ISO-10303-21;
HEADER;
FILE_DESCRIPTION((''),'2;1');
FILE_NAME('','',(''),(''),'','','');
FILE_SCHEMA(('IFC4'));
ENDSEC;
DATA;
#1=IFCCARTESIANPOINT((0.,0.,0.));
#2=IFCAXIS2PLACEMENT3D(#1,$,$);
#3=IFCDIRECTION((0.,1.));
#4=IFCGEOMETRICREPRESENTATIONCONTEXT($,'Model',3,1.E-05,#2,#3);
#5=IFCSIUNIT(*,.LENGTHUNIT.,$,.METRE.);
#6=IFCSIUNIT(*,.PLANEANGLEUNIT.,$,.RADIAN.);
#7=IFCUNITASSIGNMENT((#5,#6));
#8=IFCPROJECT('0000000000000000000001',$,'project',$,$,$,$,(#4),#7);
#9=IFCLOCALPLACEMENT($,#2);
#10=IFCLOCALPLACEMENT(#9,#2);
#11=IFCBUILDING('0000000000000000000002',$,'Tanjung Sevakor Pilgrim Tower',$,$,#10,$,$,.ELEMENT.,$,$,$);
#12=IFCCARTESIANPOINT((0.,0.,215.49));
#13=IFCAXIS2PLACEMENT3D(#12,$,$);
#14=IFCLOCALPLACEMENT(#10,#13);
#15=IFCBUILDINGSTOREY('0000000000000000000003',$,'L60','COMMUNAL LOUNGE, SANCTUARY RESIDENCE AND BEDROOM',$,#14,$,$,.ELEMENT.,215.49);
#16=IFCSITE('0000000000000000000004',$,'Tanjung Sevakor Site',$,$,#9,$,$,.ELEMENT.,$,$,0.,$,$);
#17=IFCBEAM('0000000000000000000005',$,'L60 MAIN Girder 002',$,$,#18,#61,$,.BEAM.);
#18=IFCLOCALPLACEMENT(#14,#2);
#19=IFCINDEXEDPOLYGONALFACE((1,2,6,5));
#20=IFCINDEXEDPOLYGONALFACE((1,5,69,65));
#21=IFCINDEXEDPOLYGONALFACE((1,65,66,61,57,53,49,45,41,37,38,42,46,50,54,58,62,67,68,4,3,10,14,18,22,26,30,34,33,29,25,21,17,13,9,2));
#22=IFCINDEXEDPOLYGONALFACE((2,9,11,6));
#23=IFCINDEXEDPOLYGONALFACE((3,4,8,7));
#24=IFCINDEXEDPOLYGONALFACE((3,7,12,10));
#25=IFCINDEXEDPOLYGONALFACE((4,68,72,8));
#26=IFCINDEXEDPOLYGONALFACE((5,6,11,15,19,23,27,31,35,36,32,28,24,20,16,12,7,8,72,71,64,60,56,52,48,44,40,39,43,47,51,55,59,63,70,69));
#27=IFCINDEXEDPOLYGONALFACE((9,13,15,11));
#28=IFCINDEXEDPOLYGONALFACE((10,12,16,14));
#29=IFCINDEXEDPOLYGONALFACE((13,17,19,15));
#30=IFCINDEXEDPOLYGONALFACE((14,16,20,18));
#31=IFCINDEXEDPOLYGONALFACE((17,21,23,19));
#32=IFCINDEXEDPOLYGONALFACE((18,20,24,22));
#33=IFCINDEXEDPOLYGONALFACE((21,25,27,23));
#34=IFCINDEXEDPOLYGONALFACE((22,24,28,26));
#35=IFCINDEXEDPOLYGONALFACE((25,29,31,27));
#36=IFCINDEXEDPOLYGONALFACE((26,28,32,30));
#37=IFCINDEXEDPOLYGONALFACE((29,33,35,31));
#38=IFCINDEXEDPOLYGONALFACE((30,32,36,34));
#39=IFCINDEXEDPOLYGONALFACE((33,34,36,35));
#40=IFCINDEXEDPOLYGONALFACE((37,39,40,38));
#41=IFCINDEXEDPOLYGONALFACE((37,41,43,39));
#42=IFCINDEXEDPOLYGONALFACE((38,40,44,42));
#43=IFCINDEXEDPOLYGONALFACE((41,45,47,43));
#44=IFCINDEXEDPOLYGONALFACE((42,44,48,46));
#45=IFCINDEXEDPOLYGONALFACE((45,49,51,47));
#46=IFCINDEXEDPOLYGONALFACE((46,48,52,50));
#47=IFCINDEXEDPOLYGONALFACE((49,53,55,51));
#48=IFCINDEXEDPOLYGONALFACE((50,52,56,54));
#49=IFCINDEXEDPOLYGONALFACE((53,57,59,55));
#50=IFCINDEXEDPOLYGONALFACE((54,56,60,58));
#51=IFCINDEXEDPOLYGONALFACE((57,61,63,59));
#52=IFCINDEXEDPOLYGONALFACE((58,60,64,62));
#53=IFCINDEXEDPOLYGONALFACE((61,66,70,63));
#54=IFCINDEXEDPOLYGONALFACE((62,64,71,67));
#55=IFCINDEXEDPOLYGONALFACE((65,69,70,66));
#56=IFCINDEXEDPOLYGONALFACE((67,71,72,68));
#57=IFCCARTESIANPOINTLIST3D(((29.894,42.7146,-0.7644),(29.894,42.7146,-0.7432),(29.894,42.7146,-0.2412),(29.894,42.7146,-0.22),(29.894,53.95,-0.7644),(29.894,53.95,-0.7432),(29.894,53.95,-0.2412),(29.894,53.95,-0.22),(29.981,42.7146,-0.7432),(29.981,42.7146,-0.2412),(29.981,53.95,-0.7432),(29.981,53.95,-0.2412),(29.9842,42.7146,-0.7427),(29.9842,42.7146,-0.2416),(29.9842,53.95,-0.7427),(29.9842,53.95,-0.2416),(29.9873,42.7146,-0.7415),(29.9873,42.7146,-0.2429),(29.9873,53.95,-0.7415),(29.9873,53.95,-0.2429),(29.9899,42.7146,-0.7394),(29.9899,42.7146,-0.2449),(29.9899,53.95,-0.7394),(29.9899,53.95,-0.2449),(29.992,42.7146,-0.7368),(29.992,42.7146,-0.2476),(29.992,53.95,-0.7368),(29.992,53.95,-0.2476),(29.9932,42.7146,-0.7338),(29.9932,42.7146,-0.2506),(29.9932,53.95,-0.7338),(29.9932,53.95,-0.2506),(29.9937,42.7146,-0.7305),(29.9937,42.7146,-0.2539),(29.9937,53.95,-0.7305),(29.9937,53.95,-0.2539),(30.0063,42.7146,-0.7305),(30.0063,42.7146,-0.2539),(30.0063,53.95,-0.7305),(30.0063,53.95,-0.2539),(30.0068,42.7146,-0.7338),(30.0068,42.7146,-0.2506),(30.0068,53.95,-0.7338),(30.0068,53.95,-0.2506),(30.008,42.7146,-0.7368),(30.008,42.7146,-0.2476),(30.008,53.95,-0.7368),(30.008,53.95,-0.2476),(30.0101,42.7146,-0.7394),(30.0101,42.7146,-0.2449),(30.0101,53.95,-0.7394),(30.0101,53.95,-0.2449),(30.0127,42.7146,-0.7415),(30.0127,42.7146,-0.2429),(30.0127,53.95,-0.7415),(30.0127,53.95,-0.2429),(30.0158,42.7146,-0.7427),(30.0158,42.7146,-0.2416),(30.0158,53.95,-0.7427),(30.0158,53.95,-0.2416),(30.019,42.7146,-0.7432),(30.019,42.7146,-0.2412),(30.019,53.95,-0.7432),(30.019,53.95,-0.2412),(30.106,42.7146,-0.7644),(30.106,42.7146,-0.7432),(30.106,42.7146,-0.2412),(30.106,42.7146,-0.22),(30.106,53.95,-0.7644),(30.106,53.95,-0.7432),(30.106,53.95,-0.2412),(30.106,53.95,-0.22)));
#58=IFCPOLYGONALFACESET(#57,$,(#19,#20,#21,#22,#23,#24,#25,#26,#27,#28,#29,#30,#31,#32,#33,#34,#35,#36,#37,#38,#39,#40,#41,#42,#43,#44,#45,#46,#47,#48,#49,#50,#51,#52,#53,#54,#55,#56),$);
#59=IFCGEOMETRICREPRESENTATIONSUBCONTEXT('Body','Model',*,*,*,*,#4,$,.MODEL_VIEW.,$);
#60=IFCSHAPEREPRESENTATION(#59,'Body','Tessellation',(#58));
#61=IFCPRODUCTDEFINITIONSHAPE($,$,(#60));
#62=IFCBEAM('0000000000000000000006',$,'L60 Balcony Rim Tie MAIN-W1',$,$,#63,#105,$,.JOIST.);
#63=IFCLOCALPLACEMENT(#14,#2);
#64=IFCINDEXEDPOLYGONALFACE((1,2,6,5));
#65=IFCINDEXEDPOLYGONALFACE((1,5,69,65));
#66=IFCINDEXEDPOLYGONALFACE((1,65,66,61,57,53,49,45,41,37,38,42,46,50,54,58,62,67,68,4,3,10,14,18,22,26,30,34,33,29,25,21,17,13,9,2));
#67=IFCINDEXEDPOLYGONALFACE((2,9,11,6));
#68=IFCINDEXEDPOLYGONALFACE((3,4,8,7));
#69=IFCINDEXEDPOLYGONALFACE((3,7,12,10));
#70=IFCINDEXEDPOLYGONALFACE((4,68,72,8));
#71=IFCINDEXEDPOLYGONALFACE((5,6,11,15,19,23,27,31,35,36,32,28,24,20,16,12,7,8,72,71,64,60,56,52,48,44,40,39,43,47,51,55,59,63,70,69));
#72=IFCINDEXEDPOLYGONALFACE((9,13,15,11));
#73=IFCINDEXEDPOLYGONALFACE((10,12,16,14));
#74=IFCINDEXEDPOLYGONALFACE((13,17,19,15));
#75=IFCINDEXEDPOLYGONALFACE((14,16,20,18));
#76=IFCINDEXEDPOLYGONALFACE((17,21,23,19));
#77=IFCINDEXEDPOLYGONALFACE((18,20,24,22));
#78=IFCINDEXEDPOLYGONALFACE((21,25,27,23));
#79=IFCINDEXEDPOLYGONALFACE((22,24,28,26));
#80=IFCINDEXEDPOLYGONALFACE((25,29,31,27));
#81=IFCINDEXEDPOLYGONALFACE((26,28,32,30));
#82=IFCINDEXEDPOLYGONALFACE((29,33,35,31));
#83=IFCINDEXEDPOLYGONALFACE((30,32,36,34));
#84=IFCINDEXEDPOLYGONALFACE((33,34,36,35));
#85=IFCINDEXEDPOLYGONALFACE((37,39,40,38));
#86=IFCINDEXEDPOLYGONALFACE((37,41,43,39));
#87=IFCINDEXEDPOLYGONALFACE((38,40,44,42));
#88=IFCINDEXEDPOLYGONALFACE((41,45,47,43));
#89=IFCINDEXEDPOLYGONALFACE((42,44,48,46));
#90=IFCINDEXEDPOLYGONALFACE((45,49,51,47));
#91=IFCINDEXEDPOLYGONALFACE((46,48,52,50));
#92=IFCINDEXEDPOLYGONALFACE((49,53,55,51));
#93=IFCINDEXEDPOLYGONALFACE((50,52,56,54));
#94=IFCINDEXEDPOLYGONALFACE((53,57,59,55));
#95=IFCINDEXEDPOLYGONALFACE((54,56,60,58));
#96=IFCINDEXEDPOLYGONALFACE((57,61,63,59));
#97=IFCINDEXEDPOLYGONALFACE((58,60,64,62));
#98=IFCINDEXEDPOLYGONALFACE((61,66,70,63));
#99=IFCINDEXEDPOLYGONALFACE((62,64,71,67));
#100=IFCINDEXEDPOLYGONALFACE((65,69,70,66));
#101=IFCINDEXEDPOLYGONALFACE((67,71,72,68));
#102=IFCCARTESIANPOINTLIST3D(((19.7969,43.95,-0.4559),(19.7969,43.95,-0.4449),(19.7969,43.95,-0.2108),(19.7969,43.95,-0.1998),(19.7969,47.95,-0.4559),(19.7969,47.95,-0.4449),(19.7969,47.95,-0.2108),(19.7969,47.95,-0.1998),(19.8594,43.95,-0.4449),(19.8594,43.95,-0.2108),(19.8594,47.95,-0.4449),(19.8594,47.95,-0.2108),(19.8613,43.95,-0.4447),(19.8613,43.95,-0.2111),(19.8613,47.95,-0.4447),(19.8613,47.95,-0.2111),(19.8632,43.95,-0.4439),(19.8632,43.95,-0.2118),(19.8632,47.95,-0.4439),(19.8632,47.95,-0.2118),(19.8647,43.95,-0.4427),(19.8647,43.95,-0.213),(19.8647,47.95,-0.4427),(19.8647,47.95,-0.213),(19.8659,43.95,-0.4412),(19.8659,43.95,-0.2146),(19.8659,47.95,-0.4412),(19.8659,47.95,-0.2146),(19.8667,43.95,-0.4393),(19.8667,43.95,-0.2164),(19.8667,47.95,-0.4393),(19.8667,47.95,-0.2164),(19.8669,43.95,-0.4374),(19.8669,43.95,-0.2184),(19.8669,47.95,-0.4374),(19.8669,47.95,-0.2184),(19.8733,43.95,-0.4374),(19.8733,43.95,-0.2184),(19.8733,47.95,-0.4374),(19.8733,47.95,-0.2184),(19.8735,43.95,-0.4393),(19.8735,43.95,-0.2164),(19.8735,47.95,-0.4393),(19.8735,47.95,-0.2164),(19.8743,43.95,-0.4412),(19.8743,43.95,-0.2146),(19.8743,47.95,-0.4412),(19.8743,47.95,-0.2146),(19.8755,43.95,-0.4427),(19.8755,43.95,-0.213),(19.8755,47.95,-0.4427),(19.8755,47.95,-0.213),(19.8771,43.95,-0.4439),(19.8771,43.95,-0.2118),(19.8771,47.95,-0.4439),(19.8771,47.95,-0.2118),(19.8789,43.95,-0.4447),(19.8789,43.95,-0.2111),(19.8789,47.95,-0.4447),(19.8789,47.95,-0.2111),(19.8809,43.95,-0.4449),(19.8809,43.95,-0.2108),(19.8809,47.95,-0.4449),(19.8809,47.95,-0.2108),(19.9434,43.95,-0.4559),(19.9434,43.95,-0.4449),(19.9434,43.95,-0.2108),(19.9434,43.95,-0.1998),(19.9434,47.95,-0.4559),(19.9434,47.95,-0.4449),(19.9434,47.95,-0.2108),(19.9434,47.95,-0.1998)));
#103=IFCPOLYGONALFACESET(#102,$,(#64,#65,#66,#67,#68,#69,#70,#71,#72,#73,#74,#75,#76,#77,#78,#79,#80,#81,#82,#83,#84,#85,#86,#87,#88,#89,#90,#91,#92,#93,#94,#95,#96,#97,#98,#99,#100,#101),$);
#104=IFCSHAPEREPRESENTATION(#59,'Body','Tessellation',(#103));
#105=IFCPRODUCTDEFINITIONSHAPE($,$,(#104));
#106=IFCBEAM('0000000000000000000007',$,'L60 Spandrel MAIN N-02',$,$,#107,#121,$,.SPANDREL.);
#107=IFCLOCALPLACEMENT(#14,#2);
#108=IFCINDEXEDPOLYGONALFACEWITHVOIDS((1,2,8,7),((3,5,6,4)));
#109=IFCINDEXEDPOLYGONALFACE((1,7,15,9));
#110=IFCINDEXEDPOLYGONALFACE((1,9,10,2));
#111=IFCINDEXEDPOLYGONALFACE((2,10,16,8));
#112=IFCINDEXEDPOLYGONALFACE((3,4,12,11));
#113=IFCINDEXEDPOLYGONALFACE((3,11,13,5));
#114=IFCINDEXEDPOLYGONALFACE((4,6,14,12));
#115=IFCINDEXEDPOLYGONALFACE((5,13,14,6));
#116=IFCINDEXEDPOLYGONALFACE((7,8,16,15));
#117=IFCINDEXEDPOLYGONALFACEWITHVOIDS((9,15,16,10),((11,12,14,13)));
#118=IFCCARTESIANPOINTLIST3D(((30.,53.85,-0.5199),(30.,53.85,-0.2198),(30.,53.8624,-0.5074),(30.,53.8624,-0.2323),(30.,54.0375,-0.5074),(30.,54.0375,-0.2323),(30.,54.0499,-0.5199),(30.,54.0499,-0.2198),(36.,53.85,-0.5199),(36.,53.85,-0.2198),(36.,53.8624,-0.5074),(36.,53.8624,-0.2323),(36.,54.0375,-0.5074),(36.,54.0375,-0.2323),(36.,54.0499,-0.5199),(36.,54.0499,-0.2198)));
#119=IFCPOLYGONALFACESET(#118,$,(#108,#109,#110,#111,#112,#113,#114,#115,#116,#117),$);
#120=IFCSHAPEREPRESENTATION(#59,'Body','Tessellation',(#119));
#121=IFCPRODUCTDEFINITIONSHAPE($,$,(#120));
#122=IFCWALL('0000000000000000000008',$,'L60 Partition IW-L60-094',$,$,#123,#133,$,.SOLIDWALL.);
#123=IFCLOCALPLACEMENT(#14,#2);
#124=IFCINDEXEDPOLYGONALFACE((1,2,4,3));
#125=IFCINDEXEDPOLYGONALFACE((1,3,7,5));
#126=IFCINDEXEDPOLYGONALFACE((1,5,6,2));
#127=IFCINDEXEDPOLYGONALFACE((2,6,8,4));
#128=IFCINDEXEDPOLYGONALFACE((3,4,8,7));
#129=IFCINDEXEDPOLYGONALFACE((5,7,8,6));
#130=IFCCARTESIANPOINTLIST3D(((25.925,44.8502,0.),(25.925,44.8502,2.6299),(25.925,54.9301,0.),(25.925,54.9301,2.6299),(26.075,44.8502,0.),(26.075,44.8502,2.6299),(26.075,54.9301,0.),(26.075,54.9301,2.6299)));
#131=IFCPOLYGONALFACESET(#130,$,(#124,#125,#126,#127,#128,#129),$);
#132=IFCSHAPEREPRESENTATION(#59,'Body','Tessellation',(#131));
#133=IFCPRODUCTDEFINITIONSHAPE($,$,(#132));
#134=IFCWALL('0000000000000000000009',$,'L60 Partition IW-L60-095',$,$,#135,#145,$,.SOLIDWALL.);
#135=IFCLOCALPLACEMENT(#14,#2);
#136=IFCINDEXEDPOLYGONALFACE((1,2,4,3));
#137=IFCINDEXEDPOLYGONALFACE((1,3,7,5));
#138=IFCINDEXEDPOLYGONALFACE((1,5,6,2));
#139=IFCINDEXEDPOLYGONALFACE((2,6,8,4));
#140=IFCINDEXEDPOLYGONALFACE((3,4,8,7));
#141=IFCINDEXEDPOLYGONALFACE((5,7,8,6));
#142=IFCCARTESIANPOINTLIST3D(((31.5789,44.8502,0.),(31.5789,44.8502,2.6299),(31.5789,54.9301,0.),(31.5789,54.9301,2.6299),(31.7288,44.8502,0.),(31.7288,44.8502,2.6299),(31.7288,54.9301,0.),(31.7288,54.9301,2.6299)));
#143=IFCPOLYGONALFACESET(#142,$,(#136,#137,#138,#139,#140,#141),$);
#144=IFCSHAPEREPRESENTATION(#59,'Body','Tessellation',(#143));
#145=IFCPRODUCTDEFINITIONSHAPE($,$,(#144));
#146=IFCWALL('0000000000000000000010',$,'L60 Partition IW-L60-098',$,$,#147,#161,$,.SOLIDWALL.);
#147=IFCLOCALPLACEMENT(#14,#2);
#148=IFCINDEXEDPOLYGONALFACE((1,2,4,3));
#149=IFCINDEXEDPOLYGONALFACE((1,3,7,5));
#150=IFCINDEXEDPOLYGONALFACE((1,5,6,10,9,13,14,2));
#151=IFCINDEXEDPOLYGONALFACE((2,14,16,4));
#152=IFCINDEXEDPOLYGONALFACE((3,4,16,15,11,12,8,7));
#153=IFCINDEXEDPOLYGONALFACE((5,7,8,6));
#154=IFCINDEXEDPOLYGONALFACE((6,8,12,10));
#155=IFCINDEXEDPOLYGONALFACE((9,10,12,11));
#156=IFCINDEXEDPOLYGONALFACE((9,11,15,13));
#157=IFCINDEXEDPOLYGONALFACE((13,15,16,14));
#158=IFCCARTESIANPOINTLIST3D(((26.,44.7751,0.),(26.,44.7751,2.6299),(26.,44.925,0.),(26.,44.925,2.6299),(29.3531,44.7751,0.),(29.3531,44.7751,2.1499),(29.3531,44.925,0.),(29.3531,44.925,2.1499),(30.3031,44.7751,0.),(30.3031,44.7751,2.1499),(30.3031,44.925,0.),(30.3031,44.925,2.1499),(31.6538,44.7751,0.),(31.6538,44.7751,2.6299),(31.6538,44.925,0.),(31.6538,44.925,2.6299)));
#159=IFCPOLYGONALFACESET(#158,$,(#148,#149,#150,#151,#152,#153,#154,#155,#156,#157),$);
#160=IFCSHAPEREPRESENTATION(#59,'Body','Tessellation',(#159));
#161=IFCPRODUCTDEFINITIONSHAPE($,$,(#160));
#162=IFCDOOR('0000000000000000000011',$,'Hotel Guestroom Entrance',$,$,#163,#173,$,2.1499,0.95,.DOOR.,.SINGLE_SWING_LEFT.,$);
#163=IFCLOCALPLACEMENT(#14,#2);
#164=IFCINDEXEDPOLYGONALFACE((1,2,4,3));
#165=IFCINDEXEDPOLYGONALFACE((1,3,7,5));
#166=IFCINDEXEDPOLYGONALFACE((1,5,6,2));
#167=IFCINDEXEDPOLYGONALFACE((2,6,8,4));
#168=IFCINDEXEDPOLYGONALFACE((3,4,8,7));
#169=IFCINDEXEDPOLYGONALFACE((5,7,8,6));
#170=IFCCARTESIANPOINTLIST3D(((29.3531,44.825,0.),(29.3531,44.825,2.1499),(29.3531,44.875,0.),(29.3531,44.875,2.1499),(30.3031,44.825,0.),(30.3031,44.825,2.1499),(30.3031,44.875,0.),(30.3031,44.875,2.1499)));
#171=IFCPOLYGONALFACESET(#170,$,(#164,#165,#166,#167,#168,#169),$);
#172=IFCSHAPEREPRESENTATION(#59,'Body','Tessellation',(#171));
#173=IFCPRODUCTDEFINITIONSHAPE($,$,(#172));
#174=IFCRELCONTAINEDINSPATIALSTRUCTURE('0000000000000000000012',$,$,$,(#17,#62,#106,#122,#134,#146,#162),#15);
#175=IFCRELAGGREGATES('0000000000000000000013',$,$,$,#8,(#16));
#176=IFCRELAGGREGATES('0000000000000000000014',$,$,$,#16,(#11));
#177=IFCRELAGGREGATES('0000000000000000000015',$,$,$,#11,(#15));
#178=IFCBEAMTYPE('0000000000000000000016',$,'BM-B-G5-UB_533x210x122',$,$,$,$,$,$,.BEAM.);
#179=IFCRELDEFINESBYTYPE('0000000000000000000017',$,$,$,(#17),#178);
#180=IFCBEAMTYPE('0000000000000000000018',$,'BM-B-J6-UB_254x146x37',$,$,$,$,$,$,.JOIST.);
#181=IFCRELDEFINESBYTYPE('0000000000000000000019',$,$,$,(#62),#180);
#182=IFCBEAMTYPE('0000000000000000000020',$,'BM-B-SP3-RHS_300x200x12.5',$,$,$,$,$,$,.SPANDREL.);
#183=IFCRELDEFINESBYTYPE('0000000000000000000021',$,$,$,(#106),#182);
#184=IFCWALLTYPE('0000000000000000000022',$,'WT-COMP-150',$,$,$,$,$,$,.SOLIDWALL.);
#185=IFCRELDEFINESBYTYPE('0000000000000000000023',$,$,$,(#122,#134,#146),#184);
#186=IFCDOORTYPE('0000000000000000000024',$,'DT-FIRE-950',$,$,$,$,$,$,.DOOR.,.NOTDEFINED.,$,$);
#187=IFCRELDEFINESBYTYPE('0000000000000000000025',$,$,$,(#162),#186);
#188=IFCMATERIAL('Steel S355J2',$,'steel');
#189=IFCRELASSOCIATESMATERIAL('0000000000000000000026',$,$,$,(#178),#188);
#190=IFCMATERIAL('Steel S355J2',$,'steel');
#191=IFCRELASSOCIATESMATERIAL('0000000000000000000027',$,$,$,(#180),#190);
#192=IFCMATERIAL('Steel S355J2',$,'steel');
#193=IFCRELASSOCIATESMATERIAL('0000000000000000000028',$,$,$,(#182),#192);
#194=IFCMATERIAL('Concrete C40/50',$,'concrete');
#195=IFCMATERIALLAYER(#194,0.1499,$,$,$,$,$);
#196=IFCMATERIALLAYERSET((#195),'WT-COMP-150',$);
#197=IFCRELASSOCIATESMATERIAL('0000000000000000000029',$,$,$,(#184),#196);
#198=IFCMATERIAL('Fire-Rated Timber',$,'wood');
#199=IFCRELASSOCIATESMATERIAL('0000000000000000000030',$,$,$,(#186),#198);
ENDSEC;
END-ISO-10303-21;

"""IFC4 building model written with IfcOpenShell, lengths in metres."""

from ifc_helpers import new_model, si_unit, direction, frame, frame_2d, origin, origin_2d, place, context, subcontext, project, spatial, rectangle, hollow_rectangle, i_section, extrude, material, layer, layer_set, material_profile, profile_set, type_object, element, fill, save


model = new_model("IFC4")

# Units and contexts
model_context = context("Model", 3, precision=1e-05, world=origin(), true_north=direction((0.0, 1.0)))
body_context = subcontext(model_context, "Body", "Model", "MODEL_VIEW")
ifc_project = project(units=[si_unit("LENGTHUNIT", "METRE"), si_unit("PLANEANGLEUNIT", "RADIAN")], contexts=[model_context])

# Site, building, storey
site_placement = place(None, origin())
site = spatial("IfcSite", under=ifc_project, at=site_placement, Name="Tanjung Sevakor Site", CompositionType="ELEMENT", RefElevation=0.0)
building_placement = place(site_placement, origin())
building = spatial("IfcBuilding", under=site, at=building_placement, Name="Tanjung Sevakor Pilgrim Tower", CompositionType="ELEMENT")
storey_placement = place(building_placement, frame((0.0, 0.0, 215.49)))
storey = spatial("IfcBuildingStorey", under=building, at=storey_placement, Name="L60", Description="COMMUNAL LOUNGE, SANCTUARY RESIDENCE AND BEDROOM", CompositionType="ELEMENT", Elevation=215.49)

# Beams
ifc_material_1 = material(Name="Steel S355J2", Category="steel")
ifc_material_profile_1 = material_profile(ifc_material_1, i_section(OverallWidth=0.2119, OverallDepth=0.5444, WebThickness=0.0127, FlangeThickness=0.0212, FilletRadius=0.0127, at=origin_2d()))
ifc_profile_set_1 = profile_set([ifc_material_profile_1], Name="Steel S355J2")
beam_type_1 = type_object("IfcBeamType", Name="BM-B-G5-UB_533x210x122", PredefinedType="BEAM", material=ifc_profile_set_1)
beam_1_placement = place(storey_placement, frame((30.0, 42.7146, -0.4922), z_axis=(0.0, 1.0, 0.0), x_axis=(-1.0, 0.0, 0.0)))
element("IfcBeam", 1, at=beam_1_placement, inside=storey, type_object=beam_type_1, Name="L60 MAIN Girder 002", PredefinedType="BEAM", context=body_context, shape_type="SweptSolid", body=[
    extrude(i_section(OverallWidth=0.2119, OverallDepth=0.5444, WebThickness=0.0127, FlangeThickness=0.0212, FilletRadius=0.0127, at=origin_2d()), origin(), (0.0, 0.0, 1.0), 11.2354),
])
ifc_material_2 = material(Name="Steel S355J2", Category="steel")
ifc_material_profile_2 = material_profile(ifc_material_2, i_section(OverallWidth=0.1465, OverallDepth=0.2561, WebThickness=0.0063, FlangeThickness=0.011, FilletRadius=0.0076, at=origin_2d()))
ifc_profile_set_2 = profile_set([ifc_material_profile_2], Name="Steel S355J2")
beam_type_2 = type_object("IfcBeamType", Name="BM-B-J6-UB_254x146x37", PredefinedType="JOIST", material=ifc_profile_set_2)
beam_2_placement = place(storey_placement, frame((19.8701, 43.95, -0.3279), z_axis=(0.0, 1.0, 0.0), x_axis=(-1.0, 0.0, 0.0)))
element("IfcBeam", 2, at=beam_2_placement, inside=storey, type_object=beam_type_2, Name="L60 Balcony Rim Tie MAIN-W1", PredefinedType="JOIST", context=body_context, shape_type="SweptSolid", body=[
    extrude(i_section(OverallWidth=0.1465, OverallDepth=0.2561, WebThickness=0.0063, FlangeThickness=0.011, FilletRadius=0.0076, at=origin_2d()), origin(), (0.0, 0.0, 1.0), 4.0),
])
ifc_material_3 = material(Name="Steel S355J2", Category="steel")
ifc_material_profile_3 = material_profile(ifc_material_3, hollow_rectangle(XDim=0.2, YDim=0.3, WallThickness=0.0125, at=origin_2d()))
ifc_profile_set_3 = profile_set([ifc_material_profile_3], Name="Steel S355J2")
beam_type_3 = type_object("IfcBeamType", Name="BM-B-SP3-RHS_300x200x12.5", PredefinedType="SPANDREL", material=ifc_profile_set_3)
beam_3_placement = place(storey_placement, frame((30.0, 53.95, -0.3699), z_axis=(1.0, 0.0, 0.0), x_axis=(0.0, 1.0, 0.0)))
element("IfcBeam", 3, at=beam_3_placement, inside=storey, type_object=beam_type_3, Name="L60 Spandrel MAIN N-02", PredefinedType="SPANDREL", context=body_context, shape_type="SweptSolid", body=[
    extrude(hollow_rectangle(XDim=0.2, YDim=0.3, WallThickness=0.0125, at=origin_2d()), origin(), (0.0, 0.0, 1.0), 6.0),
])

# Walls
ifc_material_4 = material(Name="Concrete C40/50", Category="concrete")
ifc_layer_1 = layer(ifc_material_4, 0.1499)
ifc_layer_set_1 = layer_set([ifc_layer_1], Name="WT-COMP-150")
wall_type_1 = type_object("IfcWallType", Name="WT-COMP-150", PredefinedType="SOLIDWALL", material=ifc_layer_set_1)
for number, where, z_axis, x_axis, name in (
    (4, (26.0, 44.8501, 0.0), (0.0, 0.0, 1.0), (0.0, 1.0, 0.0), "L60 Partition IW-L60-094"),
    (5, (31.6538, 44.8501, 0.0), (0.0, 0.0, 1.0), (0.0, 1.0, 0.0), "L60 Partition IW-L60-095"),
):
    element("IfcWall", number, at=place(storey_placement, frame(where, z_axis=z_axis, x_axis=x_axis)), inside=storey, type_object=wall_type_1, Name=name, PredefinedType="SOLIDWALL", context=body_context, shape_type="SweptSolid", body=[
        extrude(rectangle(XDim=10.0798, YDim=0.1499, at=frame_2d((5.04, 0.0))), origin(), (0.0, 0.0, 1.0), 2.6299),
    ])

# Wall, opening, door
wall_1_placement = place(storey_placement, frame((26.0, 44.8501, 0.0), z_axis=(0.0, 0.0, 1.0), x_axis=(1.0, 0.0, 0.0)))
wall_1 = element("IfcWall", 6, at=wall_1_placement, inside=storey, type_object=wall_type_1, Name="L60 Partition IW-L60-098", PredefinedType="SOLIDWALL", context=body_context, shape_type="SweptSolid", body=[
    extrude(rectangle(XDim=5.6538, YDim=0.1499, at=frame_2d((2.8269, 0.0))), origin(), (0.0, 0.0, 1.0), 2.6299),
])
opening_1_placement = place(wall_1_placement, frame((3.353, 0.0, 0.0)))
opening_1 = element("IfcOpeningElement", 7, at=opening_1_placement, cuts=wall_1, PredefinedType="OPENING", context=body_context, shape_type="SweptSolid", body=[
    extrude(rectangle(XDim=0.95, YDim=2.1499, at=frame_2d((0.4751, 1.075))), frame((0.0, 0.085, 0.0), z_axis=(0.0, -1.0, 0.0), x_axis=(1.0, 0.0, 0.0)), (0.0, 0.0, 1.0), 0.1699),
])
ifc_material_5 = material(Name="Fire-Rated Timber", Category="wood")
door_type_1 = type_object("IfcDoorType", Name="DT-FIRE-950", OperationType="NOTDEFINED", PredefinedType="DOOR", material=ifc_material_5)
door_1_placement = place(opening_1_placement, origin())
door_1 = element("IfcDoor", 8, at=door_1_placement, inside=storey, type_object=door_type_1, Name="Hotel Guestroom Entrance", OperationType="SINGLE_SWING_LEFT", OverallHeight=2.1499, OverallWidth=0.95, PredefinedType="DOOR", context=body_context, shape_type="SweptSolid", body=[
    extrude(rectangle(XDim=0.95, YDim=2.1499, at=frame_2d((0.4751, 1.075))), frame((0.0, 0.0249, 0.0), z_axis=(0.0, -1.0, 0.0), x_axis=(1.0, 0.0, 0.0)), (0.0, 0.0, 1.0), 0.05),
])
fill(opening_1, door_1)

save(model, "model.ifc")
